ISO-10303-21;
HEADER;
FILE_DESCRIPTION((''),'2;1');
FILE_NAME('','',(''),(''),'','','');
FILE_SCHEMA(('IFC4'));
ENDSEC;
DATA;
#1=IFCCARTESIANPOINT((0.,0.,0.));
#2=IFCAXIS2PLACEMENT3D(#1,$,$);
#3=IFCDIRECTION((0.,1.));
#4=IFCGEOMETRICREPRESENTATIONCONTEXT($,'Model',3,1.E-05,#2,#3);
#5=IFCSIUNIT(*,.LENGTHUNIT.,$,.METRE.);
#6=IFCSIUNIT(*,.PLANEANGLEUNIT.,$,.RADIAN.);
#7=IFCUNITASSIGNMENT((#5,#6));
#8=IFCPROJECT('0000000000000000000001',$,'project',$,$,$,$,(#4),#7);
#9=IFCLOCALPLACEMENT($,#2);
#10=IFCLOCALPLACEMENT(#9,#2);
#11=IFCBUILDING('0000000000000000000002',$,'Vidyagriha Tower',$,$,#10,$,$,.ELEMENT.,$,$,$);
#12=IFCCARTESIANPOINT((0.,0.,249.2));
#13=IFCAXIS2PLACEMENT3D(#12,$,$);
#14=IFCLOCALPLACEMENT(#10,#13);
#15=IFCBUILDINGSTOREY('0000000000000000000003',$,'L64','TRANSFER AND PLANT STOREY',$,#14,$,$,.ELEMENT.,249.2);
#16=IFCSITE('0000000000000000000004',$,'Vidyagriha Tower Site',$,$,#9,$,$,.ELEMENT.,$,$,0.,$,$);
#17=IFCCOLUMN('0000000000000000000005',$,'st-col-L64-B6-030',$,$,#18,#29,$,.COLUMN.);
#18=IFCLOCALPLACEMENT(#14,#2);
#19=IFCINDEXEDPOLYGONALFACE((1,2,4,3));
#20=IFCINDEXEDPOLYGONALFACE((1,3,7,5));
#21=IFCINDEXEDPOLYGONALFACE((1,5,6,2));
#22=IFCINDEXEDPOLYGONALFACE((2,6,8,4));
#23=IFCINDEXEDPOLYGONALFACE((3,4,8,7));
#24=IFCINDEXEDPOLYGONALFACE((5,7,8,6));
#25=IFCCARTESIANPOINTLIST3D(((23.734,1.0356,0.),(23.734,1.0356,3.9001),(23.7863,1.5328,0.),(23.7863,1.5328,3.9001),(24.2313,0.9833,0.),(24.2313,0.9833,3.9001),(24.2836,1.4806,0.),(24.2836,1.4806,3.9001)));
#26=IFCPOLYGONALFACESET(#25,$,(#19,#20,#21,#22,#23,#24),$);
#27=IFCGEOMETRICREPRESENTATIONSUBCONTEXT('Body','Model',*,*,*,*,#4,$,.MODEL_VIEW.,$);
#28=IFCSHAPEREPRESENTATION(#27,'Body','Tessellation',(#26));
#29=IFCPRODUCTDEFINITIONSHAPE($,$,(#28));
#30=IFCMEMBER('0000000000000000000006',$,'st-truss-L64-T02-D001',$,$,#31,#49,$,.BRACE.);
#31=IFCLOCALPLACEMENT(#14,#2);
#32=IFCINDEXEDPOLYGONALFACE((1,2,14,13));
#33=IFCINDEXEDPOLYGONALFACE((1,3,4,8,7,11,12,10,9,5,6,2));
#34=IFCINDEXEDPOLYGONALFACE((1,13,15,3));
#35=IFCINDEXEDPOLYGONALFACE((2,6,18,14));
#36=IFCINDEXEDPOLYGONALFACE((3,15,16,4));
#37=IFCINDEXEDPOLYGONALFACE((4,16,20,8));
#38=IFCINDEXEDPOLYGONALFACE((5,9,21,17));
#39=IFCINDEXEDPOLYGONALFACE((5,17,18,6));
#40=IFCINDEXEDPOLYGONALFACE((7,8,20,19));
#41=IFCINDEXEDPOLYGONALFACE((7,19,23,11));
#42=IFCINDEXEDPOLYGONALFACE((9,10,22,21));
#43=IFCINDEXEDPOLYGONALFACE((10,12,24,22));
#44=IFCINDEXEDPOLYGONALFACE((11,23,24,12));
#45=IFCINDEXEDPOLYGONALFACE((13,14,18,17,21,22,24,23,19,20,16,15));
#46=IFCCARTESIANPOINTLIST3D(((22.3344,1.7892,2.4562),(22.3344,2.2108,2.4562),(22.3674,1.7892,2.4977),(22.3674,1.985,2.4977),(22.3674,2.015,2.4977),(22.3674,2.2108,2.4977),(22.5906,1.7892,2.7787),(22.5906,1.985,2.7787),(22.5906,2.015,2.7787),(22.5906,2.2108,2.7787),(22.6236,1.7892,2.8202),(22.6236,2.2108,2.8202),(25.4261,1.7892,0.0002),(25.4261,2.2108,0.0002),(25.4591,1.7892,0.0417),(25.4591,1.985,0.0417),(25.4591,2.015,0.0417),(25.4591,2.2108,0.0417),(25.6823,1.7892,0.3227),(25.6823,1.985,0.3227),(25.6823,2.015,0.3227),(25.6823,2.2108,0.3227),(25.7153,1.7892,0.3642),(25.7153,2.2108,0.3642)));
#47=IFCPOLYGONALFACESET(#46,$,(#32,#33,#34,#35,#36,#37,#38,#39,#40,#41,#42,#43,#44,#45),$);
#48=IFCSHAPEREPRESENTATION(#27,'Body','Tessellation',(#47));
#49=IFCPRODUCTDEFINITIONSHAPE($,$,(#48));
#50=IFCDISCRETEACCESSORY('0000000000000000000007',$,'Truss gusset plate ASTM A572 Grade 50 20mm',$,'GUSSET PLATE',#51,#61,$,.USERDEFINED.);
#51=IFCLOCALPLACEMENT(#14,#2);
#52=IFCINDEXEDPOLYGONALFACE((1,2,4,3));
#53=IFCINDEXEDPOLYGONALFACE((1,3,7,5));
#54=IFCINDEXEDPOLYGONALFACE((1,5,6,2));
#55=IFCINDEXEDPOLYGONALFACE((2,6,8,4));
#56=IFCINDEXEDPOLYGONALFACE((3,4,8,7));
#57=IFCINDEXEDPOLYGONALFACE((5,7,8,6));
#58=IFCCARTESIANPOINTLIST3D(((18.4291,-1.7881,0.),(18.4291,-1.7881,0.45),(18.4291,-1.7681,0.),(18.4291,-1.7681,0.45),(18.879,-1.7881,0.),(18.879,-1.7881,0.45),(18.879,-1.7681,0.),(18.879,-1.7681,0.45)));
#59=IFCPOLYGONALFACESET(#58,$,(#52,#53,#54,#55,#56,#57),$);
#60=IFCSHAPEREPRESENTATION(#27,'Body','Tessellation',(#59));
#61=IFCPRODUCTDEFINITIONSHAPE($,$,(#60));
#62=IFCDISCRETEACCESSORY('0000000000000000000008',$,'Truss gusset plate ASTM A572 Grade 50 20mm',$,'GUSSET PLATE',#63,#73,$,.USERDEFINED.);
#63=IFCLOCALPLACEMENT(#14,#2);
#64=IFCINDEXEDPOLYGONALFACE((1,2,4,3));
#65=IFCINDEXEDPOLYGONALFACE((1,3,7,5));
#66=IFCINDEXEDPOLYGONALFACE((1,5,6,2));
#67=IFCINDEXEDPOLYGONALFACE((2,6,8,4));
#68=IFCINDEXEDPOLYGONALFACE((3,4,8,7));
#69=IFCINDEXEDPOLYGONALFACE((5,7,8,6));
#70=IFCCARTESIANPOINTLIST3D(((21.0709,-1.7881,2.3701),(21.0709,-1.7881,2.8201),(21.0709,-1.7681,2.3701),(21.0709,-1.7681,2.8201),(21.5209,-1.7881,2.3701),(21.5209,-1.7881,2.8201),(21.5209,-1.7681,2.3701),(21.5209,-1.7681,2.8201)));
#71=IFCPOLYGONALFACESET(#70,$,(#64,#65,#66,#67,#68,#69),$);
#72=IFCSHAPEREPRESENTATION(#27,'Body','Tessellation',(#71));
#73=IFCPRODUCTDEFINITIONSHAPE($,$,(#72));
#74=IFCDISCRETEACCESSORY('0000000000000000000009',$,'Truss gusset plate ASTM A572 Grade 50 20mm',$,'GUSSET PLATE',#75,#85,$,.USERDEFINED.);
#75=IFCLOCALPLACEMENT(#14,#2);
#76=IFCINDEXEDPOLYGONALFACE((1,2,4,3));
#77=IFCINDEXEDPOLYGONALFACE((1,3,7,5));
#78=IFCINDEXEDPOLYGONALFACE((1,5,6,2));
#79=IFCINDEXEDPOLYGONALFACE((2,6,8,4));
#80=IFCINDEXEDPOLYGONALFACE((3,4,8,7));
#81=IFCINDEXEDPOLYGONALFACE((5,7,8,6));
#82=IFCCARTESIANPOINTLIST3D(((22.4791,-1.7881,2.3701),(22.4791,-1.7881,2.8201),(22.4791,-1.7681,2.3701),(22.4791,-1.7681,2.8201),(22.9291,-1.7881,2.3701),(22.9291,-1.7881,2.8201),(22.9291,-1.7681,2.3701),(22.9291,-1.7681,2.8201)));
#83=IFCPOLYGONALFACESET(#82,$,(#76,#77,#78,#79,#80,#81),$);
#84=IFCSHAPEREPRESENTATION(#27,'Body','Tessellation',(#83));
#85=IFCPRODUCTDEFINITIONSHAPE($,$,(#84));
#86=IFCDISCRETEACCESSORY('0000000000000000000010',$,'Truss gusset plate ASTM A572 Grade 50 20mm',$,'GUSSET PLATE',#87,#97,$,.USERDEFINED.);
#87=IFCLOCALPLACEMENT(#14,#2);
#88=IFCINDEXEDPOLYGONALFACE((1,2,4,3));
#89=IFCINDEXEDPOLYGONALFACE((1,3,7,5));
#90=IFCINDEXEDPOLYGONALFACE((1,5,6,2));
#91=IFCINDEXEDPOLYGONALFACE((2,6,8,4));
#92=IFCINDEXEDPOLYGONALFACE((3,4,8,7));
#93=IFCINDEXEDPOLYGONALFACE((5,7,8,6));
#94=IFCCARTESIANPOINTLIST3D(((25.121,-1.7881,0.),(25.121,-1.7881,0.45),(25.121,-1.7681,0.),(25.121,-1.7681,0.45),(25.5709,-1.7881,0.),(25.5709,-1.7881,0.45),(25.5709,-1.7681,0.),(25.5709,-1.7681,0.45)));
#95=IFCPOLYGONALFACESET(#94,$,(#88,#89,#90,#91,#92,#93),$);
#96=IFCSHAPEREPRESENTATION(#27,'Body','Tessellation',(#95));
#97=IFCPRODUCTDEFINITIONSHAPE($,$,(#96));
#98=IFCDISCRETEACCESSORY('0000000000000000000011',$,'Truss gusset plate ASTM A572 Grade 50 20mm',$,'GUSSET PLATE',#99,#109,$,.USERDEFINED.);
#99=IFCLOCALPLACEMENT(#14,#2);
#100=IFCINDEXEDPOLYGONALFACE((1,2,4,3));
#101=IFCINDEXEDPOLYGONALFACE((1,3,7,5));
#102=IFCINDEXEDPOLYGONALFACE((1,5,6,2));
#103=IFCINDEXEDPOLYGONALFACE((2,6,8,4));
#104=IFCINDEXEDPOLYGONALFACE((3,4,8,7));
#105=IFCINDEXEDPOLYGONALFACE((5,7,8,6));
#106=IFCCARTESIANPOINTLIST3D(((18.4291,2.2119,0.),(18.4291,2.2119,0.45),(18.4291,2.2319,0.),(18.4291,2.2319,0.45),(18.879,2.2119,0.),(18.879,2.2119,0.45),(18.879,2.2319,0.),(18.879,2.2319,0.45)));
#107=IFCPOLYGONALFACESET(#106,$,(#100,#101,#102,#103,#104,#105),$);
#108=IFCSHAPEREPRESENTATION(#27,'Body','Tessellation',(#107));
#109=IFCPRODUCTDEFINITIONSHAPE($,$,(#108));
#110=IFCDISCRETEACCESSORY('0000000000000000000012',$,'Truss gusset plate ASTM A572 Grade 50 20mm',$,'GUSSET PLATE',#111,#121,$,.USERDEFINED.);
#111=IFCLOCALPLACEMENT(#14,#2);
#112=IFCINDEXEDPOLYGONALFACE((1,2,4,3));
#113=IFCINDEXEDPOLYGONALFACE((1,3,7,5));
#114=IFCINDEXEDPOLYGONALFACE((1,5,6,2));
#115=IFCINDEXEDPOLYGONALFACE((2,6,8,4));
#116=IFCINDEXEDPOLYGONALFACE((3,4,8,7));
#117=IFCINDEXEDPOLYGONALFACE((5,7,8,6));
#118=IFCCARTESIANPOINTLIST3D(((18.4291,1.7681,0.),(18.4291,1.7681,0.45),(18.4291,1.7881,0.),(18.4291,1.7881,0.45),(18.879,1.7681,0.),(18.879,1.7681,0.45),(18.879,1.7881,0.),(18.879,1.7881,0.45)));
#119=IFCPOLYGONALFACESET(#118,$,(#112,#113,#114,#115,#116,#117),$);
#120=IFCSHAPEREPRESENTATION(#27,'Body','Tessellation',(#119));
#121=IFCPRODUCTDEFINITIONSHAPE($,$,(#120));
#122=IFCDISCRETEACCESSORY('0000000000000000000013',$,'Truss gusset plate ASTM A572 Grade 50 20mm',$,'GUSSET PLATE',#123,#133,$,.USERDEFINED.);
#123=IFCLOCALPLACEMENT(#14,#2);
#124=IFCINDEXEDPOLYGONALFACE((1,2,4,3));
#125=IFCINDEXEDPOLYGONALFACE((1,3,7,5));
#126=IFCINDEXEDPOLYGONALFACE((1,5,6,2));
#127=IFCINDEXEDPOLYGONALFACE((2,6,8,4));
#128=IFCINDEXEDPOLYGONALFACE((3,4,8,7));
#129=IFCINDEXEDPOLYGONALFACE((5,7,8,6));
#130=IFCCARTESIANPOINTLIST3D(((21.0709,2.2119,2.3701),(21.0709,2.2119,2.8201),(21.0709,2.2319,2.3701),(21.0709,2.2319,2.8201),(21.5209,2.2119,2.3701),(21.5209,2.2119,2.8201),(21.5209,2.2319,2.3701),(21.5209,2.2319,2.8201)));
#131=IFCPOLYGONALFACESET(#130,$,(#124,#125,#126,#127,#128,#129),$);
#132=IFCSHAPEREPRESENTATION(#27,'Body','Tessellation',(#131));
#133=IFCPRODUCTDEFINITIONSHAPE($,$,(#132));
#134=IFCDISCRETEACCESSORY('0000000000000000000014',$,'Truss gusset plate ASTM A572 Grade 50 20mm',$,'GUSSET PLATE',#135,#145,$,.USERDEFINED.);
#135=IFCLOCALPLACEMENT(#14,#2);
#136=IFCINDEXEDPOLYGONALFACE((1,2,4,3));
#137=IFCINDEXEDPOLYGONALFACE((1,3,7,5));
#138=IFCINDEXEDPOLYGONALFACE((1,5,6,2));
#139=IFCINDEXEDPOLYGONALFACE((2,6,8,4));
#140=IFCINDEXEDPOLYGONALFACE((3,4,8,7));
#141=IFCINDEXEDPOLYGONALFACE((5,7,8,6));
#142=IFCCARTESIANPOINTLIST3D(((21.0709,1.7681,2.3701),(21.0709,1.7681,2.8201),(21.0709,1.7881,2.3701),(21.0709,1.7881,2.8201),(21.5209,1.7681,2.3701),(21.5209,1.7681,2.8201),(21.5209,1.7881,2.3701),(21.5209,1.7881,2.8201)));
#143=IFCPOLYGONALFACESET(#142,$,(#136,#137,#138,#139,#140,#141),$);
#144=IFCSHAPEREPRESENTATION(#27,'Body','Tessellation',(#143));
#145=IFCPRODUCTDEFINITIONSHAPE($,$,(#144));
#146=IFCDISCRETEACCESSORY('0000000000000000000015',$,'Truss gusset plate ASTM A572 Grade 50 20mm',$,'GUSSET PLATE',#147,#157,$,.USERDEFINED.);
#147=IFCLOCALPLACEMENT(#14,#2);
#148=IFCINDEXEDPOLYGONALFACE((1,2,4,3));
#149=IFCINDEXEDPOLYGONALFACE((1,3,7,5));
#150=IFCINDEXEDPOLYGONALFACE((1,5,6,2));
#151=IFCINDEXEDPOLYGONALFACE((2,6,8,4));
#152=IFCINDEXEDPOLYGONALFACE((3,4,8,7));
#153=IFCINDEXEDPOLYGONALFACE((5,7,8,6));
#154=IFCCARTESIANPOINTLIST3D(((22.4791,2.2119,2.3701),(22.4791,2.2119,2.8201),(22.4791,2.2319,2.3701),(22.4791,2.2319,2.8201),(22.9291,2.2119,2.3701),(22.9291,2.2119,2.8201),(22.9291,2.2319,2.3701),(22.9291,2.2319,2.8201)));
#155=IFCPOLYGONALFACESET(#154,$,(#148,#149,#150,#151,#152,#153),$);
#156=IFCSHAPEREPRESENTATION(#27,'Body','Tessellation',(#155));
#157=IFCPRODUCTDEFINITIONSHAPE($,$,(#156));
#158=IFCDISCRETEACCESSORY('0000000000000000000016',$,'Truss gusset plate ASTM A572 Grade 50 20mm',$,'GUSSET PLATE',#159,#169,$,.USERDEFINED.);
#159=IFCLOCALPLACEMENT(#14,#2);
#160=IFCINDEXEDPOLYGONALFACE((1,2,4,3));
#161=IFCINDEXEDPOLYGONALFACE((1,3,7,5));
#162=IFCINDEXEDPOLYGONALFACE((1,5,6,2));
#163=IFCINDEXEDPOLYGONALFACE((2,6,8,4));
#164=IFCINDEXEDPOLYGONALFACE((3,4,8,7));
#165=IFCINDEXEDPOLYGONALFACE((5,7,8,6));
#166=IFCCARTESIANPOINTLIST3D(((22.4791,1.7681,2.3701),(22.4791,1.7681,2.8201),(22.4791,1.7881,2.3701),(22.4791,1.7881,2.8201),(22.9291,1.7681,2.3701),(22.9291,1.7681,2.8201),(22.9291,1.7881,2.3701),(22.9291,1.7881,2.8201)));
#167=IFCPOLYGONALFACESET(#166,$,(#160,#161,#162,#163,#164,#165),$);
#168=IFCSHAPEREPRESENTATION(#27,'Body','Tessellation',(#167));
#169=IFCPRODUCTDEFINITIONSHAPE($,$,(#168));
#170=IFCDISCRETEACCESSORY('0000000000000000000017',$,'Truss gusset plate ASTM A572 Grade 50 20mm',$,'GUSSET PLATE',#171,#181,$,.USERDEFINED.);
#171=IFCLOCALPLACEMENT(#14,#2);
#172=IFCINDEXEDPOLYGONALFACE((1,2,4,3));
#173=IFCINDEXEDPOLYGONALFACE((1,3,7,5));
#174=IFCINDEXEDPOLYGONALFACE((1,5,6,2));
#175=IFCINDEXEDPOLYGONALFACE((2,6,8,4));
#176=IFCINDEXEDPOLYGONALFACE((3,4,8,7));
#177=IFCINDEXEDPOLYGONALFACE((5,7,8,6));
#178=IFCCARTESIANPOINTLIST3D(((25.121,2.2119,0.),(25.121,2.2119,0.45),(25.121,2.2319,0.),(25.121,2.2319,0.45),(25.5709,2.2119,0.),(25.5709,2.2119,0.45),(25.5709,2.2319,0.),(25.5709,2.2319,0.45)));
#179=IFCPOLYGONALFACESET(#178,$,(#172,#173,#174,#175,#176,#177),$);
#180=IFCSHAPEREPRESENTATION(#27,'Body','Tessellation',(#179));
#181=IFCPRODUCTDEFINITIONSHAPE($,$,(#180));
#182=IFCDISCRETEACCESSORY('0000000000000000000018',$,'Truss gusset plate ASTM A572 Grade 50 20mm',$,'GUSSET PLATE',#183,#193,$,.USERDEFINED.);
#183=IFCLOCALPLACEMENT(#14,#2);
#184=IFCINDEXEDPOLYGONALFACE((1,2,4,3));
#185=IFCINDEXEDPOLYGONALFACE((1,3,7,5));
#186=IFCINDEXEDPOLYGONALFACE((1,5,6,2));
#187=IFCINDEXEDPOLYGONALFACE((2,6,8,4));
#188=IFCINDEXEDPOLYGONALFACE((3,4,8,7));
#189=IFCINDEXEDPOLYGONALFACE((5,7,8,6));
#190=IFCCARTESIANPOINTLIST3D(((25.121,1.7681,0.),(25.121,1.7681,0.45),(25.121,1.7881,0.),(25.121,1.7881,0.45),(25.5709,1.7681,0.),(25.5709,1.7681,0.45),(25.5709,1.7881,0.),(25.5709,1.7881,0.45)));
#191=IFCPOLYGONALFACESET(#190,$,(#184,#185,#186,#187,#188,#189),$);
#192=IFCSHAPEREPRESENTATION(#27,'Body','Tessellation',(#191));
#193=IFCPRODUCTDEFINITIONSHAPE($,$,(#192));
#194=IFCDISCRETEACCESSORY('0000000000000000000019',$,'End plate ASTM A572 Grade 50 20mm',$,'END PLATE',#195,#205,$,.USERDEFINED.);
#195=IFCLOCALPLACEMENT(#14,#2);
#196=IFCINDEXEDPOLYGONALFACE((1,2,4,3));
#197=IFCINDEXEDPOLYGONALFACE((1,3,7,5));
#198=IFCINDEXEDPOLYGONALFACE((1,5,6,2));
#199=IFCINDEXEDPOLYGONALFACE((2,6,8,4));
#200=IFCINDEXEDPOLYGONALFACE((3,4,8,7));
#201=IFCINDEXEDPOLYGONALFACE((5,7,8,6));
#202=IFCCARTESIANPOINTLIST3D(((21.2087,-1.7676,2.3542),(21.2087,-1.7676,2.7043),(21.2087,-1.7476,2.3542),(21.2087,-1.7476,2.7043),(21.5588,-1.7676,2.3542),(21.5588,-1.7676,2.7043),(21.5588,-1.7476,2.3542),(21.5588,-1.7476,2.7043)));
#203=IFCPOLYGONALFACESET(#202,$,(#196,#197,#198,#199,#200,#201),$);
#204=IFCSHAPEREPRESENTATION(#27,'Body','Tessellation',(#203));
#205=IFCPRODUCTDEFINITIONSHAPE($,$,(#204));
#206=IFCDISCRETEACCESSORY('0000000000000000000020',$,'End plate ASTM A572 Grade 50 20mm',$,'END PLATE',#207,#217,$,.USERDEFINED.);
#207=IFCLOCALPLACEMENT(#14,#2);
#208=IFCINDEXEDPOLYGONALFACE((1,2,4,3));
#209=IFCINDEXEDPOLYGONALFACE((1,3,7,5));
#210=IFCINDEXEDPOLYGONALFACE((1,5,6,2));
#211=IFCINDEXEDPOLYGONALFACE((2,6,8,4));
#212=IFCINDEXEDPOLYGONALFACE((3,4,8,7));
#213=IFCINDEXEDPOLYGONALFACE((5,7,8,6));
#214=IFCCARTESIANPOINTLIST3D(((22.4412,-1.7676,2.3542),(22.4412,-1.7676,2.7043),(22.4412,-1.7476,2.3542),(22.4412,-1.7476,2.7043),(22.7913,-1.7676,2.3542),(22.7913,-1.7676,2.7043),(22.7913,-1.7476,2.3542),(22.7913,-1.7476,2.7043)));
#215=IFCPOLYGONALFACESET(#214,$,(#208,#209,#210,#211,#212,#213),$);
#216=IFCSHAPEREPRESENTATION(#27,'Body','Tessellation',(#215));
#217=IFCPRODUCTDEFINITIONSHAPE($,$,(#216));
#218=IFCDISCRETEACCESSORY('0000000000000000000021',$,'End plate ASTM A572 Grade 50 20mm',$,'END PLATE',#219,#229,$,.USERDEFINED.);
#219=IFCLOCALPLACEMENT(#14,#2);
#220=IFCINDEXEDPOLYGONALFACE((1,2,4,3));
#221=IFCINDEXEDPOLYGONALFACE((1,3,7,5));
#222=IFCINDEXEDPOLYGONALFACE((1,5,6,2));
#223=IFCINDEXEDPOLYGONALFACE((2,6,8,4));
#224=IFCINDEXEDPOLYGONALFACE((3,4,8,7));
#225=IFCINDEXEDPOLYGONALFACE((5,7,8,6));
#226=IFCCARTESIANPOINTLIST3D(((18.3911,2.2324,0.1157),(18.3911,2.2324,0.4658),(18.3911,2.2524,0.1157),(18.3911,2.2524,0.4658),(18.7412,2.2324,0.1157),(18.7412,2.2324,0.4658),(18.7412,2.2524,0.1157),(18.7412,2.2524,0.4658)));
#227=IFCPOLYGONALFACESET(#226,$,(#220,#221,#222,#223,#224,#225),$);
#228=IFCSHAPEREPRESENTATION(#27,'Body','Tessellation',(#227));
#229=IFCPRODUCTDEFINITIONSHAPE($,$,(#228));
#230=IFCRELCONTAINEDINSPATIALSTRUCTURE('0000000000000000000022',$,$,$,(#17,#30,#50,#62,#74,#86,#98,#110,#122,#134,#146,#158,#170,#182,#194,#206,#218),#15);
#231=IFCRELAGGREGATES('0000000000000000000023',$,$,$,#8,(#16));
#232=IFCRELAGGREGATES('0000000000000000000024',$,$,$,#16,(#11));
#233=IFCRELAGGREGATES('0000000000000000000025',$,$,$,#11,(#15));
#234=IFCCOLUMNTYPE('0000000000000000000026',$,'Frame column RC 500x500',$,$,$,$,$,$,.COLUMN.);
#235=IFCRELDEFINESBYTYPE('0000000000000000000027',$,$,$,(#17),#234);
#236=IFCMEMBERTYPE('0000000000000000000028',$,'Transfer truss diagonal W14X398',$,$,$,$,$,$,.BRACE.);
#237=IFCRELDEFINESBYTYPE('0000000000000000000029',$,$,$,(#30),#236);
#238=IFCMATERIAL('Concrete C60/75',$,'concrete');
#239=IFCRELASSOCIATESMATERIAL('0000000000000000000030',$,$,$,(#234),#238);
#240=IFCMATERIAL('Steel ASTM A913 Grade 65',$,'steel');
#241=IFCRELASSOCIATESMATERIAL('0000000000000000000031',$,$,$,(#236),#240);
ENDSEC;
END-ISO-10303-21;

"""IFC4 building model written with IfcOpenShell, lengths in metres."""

from ifc_helpers import new_model, si_unit, direction, frame, origin, origin_2d, place, context, subcontext, project, spatial, rectangle, i_section, extrude, material, material_profile, profile_set, type_object, element, save


model = new_model("IFC4")

# Units and contexts
model_context = context("Model", 3, precision=1e-05, world=origin(), true_north=direction((0.0, 1.0)))
body_context = subcontext(model_context, "Body", "Model", "MODEL_VIEW")
ifc_project = project(units=[si_unit("LENGTHUNIT", "METRE"), si_unit("PLANEANGLEUNIT", "RADIAN")], contexts=[model_context])

# Site, building, storey
site_placement = place(None, origin())
site = spatial("IfcSite", under=ifc_project, at=site_placement, Name="Vidyagriha Tower Site", CompositionType="ELEMENT", RefElevation=0.0)
building_placement = place(site_placement, origin())
building = spatial("IfcBuilding", under=site, at=building_placement, Name="Vidyagriha Tower", CompositionType="ELEMENT")
storey_placement = place(building_placement, frame((0.0, 0.0, 249.2)))
storey = spatial("IfcBuildingStorey", under=building, at=storey_placement, Name="L64", Description="TRANSFER AND PLANT STOREY", CompositionType="ELEMENT", Elevation=249.2)

# Column
ifc_material_1 = material(Name="Concrete C60/75", Category="concrete")
ifc_material_profile_1 = material_profile(ifc_material_1, rectangle(XDim=0.5, YDim=0.5, at=origin_2d()), Name="RC 500x500")
ifc_profile_set_1 = profile_set([ifc_material_profile_1], Name="Concrete C60/75")
column_type = type_object("IfcColumnType", Name="Frame column RC 500x500", PredefinedType="COLUMN", material=ifc_profile_set_1)
column_placement = place(storey_placement, frame((24.0088, 1.2581, 0.0), z_axis=(0.0, 0.0, 1.0), x_axis=(0.994522, -0.104528, 0.0)))
element("IfcColumn", 1, at=column_placement, inside=storey, type_object=column_type, Name="st-col-L64-B6-030", PredefinedType="COLUMN", context=body_context, shape_type="SweptSolid", body=[
    extrude(rectangle(XDim=0.5, YDim=0.5, at=origin_2d()), origin(), (0.0, 0.0, 1.0), 3.9001),
])

# Member
ifc_material_2 = material(Name="Steel ASTM A913 Grade 65", Category="steel")
ifc_material_profile_2 = material_profile(ifc_material_2, i_section(OverallWidth=0.4216, OverallDepth=0.4648, WebThickness=0.03, FlangeThickness=0.053, at=origin_2d()), Name="W14X398")
ifc_profile_set_2 = profile_set([ifc_material_profile_2], Name="Steel ASTM A913 Grade 65")
member_type = type_object("IfcMemberType", Name="Transfer truss diagonal W14X398", PredefinedType="BRACE", material=ifc_profile_set_2)
member_placement = place(storey_placement, frame((22.479, 2.0, 2.6382), z_axis=(0.783012, 0.0, -0.622007), x_axis=(0.0, 1.0, 0.0)))
element("IfcMember", 2, at=member_placement, inside=storey, type_object=member_type, Name="st-truss-L64-T02-D001", PredefinedType="BRACE", context=body_context, shape_type="SweptSolid", body=[
    extrude(i_section(OverallWidth=0.4216, OverallDepth=0.4648, WebThickness=0.03, FlangeThickness=0.053, at=origin_2d()), origin(), (0.0, 0.0, 1.0), 3.9485),
])

# Discrete accessories
for number, where, name in (
    (3, (18.6541, -1.7781, 0.0), "Truss gusset plate ASTM A572 Grade 50 20mm"),
    (4, (21.2959, -1.7781, 2.3701), "Truss gusset plate ASTM A572 Grade 50 20mm"),
    (5, (22.7041, -1.7781, 2.3701), "Truss gusset plate ASTM A572 Grade 50 20mm"),
    (6, (25.3459, -1.7781, 0.0), "Truss gusset plate ASTM A572 Grade 50 20mm"),
    (7, (18.6541, 2.2219, 0.0), "Truss gusset plate ASTM A572 Grade 50 20mm"),
    (8, (18.6541, 1.7781, 0.0), "Truss gusset plate ASTM A572 Grade 50 20mm"),
    (9, (21.2959, 2.2219, 2.3701), "Truss gusset plate ASTM A572 Grade 50 20mm"),
    (10, (21.2959, 1.7781, 2.3701), "Truss gusset plate ASTM A572 Grade 50 20mm"),
    (11, (22.7041, 2.2219, 2.3701), "Truss gusset plate ASTM A572 Grade 50 20mm"),
    (12, (22.7041, 1.7781, 2.3701), "Truss gusset plate ASTM A572 Grade 50 20mm"),
    (13, (25.3459, 2.2219, 0.0), "Truss gusset plate ASTM A572 Grade 50 20mm"),
    (14, (25.3459, 1.7781, 0.0), "Truss gusset plate ASTM A572 Grade 50 20mm"),
):
    element("IfcDiscreteAccessory", number, at=place(storey_placement, frame(where)), inside=storey, Name=name, ObjectType="GUSSET PLATE", PredefinedType="USERDEFINED", context=body_context, shape_type="SweptSolid", body=[
        extrude(rectangle(XDim=0.45, YDim=0.02, at=origin_2d()), origin(), (0.0, 0.0, 1.0), 0.45),
    ])
discrete_accessory_placement = place(storey_placement, frame((21.3838, -1.7576, 2.3542)))
element("IfcDiscreteAccessory", 15, at=discrete_accessory_placement, inside=storey, Name="End plate ASTM A572 Grade 50 20mm", ObjectType="END PLATE", PredefinedType="USERDEFINED", context=body_context, shape_type="SweptSolid", body=[
    extrude(rectangle(XDim=0.3501, YDim=0.02, at=origin_2d()), origin(), (0.0, 0.0, 1.0), 0.3501),
])
for number, where, z_axis, x_axis, name in (
    (16, (22.6162, -1.7576, 2.3542), (0.0, 0.0, 1.0), (-1.0, 0.0, 0.0), "End plate ASTM A572 Grade 50 20mm"),
    (17, (18.5662, 2.2424, 0.1157), (0.0, 0.0, 1.0), (-1.0, 0.0, 0.0), "End plate ASTM A572 Grade 50 20mm"),
):
    element("IfcDiscreteAccessory", number, at=place(storey_placement, frame(where, z_axis=z_axis, x_axis=x_axis)), inside=storey, Name=name, ObjectType="END PLATE", PredefinedType="USERDEFINED", context=body_context, shape_type="SweptSolid", body=[
        extrude(rectangle(XDim=0.3501, YDim=0.02, at=origin_2d()), origin(), (0.0, 0.0, 1.0), 0.3501),
    ])

save(model, "model.ifc")
